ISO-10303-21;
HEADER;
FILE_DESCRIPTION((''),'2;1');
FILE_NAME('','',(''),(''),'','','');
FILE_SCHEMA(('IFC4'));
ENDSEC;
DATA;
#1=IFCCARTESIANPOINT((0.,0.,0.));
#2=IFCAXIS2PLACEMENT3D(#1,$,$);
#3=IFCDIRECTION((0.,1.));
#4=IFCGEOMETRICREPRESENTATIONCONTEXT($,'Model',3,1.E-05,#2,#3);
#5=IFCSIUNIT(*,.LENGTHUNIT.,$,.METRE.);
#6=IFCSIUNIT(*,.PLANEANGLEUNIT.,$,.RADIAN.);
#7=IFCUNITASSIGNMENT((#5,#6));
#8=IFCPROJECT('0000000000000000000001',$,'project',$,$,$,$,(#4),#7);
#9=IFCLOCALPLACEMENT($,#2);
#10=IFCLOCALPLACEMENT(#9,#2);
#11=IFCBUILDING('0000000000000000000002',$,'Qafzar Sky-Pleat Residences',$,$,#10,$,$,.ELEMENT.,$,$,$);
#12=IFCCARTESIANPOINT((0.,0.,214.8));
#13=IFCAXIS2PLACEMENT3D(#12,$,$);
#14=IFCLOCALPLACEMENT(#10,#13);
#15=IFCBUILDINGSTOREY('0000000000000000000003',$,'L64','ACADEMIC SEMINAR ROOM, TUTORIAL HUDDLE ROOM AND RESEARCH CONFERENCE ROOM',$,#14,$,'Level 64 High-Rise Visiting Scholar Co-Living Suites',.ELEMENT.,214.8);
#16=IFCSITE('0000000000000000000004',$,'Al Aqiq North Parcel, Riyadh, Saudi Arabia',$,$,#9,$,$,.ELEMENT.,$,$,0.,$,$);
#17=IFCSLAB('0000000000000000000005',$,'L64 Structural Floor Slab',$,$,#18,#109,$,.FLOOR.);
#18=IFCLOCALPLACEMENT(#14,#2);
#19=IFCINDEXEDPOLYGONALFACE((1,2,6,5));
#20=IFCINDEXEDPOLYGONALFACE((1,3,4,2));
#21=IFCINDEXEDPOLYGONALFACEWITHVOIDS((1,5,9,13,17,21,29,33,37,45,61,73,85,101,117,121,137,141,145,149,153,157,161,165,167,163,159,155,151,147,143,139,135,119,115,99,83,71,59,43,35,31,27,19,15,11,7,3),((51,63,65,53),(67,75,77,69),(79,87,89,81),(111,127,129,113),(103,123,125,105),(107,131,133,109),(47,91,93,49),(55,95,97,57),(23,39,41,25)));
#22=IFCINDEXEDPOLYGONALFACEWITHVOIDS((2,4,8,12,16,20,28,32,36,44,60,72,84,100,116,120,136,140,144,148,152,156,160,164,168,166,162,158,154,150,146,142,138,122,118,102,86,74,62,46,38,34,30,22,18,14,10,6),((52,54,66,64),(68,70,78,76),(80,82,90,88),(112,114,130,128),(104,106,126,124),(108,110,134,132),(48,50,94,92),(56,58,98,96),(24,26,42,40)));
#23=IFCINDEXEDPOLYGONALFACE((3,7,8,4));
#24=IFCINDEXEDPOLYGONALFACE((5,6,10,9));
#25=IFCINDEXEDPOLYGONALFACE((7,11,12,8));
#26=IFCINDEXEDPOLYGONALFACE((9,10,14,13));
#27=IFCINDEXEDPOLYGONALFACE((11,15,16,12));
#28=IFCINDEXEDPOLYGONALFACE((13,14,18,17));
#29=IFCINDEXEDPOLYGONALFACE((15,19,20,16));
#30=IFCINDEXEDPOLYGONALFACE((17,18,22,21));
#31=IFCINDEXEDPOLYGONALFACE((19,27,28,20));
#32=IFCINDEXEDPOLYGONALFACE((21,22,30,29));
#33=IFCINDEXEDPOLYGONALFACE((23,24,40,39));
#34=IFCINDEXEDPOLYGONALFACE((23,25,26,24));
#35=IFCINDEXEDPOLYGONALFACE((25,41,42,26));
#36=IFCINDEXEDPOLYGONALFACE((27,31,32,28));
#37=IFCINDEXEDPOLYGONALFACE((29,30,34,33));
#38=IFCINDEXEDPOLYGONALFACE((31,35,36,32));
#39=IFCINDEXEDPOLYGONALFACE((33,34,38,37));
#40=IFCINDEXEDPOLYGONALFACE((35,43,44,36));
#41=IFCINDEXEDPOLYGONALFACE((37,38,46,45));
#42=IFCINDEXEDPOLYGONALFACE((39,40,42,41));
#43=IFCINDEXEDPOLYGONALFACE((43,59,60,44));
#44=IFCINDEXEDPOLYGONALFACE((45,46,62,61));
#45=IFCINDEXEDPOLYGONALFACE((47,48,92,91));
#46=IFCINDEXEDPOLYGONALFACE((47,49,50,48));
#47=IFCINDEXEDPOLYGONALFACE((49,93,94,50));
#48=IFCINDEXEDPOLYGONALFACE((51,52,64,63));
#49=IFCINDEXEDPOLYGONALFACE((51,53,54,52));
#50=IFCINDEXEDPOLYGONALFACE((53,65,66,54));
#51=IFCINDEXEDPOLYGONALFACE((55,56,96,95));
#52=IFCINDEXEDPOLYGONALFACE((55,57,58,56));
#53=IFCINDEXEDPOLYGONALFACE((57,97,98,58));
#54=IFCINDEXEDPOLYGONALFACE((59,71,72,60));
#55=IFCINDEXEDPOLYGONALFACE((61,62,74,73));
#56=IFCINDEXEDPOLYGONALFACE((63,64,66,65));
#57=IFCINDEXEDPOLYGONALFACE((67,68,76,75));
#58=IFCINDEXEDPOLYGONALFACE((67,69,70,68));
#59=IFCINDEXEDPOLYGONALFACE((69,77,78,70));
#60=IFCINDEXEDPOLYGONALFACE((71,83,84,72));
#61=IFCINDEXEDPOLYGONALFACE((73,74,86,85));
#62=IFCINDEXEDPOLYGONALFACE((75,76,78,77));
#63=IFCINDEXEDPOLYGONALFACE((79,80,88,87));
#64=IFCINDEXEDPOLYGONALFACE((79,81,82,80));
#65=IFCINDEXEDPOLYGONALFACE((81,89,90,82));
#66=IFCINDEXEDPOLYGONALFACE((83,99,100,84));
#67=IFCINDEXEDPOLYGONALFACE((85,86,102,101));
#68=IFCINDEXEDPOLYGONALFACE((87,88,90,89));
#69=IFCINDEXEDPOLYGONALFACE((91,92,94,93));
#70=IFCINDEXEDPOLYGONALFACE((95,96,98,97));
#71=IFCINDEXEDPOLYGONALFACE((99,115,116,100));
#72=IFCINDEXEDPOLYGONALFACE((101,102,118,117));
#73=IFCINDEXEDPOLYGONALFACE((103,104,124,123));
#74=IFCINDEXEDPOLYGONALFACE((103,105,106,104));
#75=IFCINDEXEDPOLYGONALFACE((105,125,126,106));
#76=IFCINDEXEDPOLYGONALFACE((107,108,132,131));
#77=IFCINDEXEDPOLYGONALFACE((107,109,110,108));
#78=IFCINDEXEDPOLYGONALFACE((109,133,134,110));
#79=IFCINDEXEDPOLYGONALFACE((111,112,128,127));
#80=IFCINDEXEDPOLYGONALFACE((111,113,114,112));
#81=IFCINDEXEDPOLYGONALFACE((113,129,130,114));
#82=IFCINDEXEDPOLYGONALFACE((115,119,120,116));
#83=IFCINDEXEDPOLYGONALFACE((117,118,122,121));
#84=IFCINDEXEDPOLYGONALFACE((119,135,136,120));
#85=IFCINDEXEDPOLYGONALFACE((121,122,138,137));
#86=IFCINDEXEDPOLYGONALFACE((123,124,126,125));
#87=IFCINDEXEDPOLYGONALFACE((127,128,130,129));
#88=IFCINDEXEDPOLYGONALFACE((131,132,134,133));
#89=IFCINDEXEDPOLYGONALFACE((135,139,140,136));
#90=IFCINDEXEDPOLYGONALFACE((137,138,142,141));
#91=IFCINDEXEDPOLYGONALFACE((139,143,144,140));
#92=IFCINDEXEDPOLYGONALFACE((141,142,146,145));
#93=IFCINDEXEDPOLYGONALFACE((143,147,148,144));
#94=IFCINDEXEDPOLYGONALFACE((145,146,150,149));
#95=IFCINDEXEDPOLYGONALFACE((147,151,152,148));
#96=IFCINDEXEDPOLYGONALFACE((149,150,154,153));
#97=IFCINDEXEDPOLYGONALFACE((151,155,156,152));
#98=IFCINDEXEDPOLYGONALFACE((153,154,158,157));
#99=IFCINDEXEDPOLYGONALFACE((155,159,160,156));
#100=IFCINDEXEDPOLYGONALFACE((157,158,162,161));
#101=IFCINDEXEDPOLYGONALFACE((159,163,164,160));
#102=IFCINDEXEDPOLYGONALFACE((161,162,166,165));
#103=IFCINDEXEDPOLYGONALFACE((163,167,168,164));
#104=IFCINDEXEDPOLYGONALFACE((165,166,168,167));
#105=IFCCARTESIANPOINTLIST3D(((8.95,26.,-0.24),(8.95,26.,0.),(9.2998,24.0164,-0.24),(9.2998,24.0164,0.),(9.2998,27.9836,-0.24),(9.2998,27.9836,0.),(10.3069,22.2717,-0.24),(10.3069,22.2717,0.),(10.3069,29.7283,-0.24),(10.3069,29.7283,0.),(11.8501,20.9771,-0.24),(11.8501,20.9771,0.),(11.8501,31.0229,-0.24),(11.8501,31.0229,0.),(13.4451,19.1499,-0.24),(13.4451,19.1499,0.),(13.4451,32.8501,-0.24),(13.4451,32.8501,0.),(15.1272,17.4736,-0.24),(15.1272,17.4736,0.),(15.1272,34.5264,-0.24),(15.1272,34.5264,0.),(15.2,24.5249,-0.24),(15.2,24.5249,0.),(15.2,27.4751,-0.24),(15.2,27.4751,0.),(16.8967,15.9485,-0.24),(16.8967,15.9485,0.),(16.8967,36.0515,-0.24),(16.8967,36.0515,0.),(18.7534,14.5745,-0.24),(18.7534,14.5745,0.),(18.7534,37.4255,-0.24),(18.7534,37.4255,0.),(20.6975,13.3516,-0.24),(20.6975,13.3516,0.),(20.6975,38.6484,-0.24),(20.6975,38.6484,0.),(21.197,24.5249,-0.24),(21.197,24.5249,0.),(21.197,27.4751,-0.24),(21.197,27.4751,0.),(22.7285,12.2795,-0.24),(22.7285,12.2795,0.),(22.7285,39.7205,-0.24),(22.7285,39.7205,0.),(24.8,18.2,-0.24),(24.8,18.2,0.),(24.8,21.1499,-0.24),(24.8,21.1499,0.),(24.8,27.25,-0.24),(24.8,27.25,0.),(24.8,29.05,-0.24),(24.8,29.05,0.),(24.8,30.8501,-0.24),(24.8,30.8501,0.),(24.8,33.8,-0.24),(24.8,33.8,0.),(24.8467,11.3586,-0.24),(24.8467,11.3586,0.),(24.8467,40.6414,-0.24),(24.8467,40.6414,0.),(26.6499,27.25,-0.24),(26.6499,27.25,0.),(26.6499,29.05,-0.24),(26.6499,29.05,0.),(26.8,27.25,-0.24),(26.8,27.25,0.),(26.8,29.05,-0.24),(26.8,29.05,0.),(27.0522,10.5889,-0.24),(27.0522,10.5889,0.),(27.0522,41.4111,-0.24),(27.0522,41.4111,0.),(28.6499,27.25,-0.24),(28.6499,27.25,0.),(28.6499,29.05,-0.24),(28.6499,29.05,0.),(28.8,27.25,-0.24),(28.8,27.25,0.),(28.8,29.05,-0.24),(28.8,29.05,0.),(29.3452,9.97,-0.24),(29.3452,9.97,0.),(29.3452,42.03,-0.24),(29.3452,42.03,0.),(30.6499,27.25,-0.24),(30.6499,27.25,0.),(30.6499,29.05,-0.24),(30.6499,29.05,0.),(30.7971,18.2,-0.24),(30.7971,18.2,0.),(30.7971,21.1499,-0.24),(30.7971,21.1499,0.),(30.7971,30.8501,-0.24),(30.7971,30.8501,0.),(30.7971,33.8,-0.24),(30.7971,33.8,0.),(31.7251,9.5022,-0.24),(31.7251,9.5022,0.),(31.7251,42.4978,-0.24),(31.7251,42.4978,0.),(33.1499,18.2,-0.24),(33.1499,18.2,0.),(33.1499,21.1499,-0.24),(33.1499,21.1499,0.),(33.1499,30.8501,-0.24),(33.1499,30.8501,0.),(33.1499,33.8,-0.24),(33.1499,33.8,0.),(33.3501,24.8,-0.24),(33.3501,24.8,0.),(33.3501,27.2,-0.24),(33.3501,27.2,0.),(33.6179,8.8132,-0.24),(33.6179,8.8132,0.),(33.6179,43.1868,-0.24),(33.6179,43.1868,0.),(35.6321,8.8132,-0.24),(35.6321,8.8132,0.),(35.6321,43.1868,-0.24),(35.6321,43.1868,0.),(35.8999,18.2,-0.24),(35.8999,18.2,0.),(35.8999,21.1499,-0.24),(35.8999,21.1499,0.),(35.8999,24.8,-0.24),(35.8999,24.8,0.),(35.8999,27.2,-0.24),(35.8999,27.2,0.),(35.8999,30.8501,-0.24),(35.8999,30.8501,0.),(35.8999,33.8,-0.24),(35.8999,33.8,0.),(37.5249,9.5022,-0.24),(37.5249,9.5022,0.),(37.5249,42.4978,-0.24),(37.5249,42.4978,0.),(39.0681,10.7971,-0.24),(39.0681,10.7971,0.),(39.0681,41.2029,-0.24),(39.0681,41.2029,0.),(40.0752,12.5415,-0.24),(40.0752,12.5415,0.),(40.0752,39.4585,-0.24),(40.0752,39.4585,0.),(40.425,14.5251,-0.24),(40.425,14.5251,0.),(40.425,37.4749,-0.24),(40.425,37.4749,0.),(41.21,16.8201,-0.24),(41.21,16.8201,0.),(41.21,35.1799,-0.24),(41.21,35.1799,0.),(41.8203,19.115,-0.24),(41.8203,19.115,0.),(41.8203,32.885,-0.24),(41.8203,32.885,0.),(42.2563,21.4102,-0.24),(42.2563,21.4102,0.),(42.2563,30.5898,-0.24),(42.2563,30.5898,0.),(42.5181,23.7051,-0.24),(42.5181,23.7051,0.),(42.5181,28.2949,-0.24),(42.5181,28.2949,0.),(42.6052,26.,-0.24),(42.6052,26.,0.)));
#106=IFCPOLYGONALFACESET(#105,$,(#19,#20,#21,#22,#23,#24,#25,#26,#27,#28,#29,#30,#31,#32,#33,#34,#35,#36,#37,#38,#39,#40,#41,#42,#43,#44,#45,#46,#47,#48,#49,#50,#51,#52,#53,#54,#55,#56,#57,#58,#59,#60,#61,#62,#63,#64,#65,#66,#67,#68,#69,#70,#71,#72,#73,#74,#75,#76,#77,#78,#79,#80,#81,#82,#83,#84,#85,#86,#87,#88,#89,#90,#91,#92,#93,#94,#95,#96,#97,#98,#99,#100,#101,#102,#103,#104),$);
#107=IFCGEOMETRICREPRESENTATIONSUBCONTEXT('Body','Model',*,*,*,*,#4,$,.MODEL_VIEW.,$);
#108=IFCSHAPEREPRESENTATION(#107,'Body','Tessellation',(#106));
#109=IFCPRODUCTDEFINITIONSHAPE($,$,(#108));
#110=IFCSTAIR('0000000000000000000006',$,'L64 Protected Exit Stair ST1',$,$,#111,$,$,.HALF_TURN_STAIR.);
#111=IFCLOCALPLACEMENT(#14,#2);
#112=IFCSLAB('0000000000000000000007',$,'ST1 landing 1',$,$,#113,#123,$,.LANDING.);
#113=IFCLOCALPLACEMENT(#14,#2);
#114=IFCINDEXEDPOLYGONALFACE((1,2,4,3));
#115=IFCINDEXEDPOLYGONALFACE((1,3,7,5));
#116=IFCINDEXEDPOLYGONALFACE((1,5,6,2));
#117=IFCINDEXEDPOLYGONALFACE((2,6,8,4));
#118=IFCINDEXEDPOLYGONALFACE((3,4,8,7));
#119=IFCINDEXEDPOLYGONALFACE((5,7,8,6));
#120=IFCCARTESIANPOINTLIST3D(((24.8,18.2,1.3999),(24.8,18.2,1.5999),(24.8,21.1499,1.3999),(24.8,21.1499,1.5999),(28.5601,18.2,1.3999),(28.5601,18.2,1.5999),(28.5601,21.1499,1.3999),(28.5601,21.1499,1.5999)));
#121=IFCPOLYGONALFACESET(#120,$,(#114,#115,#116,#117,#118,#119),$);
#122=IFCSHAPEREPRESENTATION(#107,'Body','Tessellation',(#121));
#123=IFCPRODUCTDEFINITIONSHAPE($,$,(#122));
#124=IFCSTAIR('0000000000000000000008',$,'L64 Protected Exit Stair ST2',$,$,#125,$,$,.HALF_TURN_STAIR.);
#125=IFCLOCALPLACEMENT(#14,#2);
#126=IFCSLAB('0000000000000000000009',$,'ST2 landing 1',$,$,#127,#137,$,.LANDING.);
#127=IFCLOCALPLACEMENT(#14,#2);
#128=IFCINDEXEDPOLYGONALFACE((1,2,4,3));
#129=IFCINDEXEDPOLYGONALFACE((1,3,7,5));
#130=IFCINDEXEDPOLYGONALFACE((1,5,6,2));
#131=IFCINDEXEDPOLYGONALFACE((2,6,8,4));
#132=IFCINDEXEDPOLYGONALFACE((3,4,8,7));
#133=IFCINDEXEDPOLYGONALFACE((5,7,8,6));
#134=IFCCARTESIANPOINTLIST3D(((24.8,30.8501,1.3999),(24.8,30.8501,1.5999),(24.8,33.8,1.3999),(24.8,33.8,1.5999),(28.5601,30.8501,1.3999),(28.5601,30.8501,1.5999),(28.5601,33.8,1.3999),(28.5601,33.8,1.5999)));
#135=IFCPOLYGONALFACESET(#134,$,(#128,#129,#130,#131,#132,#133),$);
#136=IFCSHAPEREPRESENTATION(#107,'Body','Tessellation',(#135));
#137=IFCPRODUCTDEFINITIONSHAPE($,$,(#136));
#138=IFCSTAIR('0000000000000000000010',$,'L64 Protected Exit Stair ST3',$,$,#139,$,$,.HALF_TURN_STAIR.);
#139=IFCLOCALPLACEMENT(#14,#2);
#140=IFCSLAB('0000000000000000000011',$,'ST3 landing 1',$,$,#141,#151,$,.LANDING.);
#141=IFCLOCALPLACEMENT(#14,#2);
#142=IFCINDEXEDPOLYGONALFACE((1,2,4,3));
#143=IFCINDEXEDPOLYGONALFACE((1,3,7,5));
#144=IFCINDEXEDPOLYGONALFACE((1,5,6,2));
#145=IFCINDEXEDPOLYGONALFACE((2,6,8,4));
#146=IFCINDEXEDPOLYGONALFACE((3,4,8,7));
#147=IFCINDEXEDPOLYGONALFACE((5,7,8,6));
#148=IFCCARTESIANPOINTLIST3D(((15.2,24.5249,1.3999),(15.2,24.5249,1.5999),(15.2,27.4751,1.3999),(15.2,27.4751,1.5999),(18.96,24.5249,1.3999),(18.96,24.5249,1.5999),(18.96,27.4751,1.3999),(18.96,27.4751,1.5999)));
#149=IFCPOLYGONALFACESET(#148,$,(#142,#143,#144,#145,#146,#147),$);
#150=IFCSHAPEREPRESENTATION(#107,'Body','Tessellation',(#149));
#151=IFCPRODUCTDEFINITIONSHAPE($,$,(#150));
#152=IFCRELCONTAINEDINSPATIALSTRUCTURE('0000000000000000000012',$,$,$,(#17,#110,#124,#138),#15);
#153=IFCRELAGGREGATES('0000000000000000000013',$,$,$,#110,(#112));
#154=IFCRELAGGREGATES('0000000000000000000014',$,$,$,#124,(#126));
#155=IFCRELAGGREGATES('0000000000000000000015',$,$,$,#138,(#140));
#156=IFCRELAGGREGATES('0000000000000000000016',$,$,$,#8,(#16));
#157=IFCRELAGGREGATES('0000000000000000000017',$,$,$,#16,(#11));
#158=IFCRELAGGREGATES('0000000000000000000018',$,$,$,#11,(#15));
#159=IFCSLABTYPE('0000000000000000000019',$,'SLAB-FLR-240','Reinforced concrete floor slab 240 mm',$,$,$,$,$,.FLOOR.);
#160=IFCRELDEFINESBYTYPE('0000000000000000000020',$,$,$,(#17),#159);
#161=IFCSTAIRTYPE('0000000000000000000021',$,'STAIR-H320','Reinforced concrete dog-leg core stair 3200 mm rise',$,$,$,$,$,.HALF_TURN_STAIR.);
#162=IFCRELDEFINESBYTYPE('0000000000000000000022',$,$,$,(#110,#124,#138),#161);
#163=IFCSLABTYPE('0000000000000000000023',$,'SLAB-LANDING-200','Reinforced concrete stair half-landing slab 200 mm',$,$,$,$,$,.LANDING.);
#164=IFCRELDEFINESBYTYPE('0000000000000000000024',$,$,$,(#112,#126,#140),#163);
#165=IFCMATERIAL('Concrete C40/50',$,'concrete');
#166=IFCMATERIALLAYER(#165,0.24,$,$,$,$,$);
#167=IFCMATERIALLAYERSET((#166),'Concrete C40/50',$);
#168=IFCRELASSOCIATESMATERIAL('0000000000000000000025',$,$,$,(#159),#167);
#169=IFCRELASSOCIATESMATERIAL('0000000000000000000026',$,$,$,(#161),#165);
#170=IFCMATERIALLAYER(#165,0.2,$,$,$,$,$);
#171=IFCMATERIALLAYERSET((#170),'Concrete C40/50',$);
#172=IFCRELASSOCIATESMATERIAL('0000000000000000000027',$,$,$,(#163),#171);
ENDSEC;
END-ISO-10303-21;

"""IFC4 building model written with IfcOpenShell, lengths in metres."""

from ifc_helpers import new_model, si_unit, direction, frame, origin, place, context, subcontext, project, spatial, polyline, outline, extrude, material, layer, layer_set, type_object, element, aggregate, save


model = new_model("IFC4")

# Units and contexts
model_context = context("Model", 3, precision=1e-05, world=origin(), true_north=direction((0.0, 1.0)))
body_context = subcontext(model_context, "Body", "Model", "MODEL_VIEW")
ifc_project = project(units=[si_unit("LENGTHUNIT", "METRE"), si_unit("PLANEANGLEUNIT", "RADIAN")], contexts=[model_context])

# Site, building, storey
site_placement = place(None, origin())
site = spatial("IfcSite", under=ifc_project, at=site_placement, Name="Al Aqiq North Parcel, Riyadh, Saudi Arabia", CompositionType="ELEMENT", RefElevation=0.0)
building_placement = place(site_placement, origin())
building = spatial("IfcBuilding", under=site, at=building_placement, Name="Qafzar Sky-Pleat Residences", CompositionType="ELEMENT")
storey_placement = place(building_placement, frame((0.0, 0.0, 214.8)))
storey = spatial("IfcBuildingStorey", under=building, at=storey_placement, Name="L64", Description="ACADEMIC SEMINAR ROOM, TUTORIAL HUDDLE ROOM AND RESEARCH CONFERENCE ROOM", LongName="Level 64 High-Rise Visiting Scholar Co-Living Suites", CompositionType="ELEMENT", Elevation=214.8)

# Slab
ifc_material_1 = material(Name="Concrete C40/50", Category="concrete")
ifc_layer_1 = layer(ifc_material_1, 0.24)
ifc_layer_set_1 = layer_set([ifc_layer_1], Name="Concrete C40/50")
slab_type_1 = type_object("IfcSlabType", Name="SLAB-FLR-240", Description="Reinforced concrete floor slab 240 mm", PredefinedType="FLOOR", material=ifc_layer_set_1)
slab_1_placement = place(storey_placement, frame((0.0, 0.0, -0.24)))
element("IfcSlab", 1, at=slab_1_placement, inside=storey, type_object=slab_type_1, Name="L64 Structural Floor Slab", PredefinedType="FLOOR", context=body_context, shape_type="SweptSolid", body=[
    extrude(outline(polyline([(11.8501, 31.0229), (10.3069, 29.7283), (9.2998, 27.9836), (8.95, 26.0), (9.2998, 24.0164), (10.3069, 22.2717), (11.8501, 20.9771), (13.4451, 19.1499), (15.1272, 17.4736), (16.8967, 15.9485), (18.7534, 14.5745), (20.6975, 13.3516), (22.7285, 12.2795), (24.8467, 11.3586), (27.0522, 10.5889), (29.3452, 9.97), (31.7251, 9.5022), (33.6179, 8.8132), (35.6321, 8.8132), (37.5249, 9.5022), (39.0681, 10.7971), (40.0752, 12.5415), (40.425, 14.5251), (41.21, 16.8201), (41.8203, 19.115), (42.2563, 21.4102), (42.5181, 23.7051), (42.6052, 26.0), (42.5181, 28.2949), (42.2563, 30.5898), (41.8203, 32.885), (41.21, 35.1799), (40.425, 37.4749), (40.0752, 39.4585), (39.0681, 41.2029), (37.5249, 42.4978), (35.6321, 43.1868), (33.6179, 43.1868), (31.7251, 42.4978), (29.3452, 42.03), (27.0522, 41.4111), (24.8467, 40.6414), (22.7285, 39.7205), (20.6975, 38.6484), (18.7534, 37.4255), (16.8967, 36.0515), (15.1272, 34.5264), (13.4451, 32.8501), (11.8501, 31.0229)]), holes=[polyline([(30.7971, 21.1499), (24.8, 21.1499), (24.8, 18.2), (30.7971, 18.2), (30.7971, 21.1499)]), polyline([(30.7971, 33.8), (24.8, 33.8), (24.8, 30.8501), (30.7971, 30.8501), (30.7971, 33.8)]), polyline([(21.197, 27.4751), (15.2, 27.4751), (15.2, 24.5249), (21.197, 24.5249), (21.197, 27.4751)]), polyline([(24.8, 27.25), (26.6499, 27.25), (26.6499, 29.05), (24.8, 29.05), (24.8, 27.25)]), polyline([(26.8, 27.25), (28.6499, 27.25), (28.6499, 29.05), (26.8, 29.05), (26.8, 27.25)]), polyline([(28.8, 27.25), (30.6499, 27.25), (30.6499, 29.05), (28.8, 29.05), (28.8, 27.25)]), polyline([(33.1499, 18.2), (35.8999, 18.2), (35.8999, 21.1499), (33.1499, 21.1499), (33.1499, 18.2)]), polyline([(33.1499, 30.8501), (35.8999, 30.8501), (35.8999, 33.8), (33.1499, 33.8), (33.1499, 30.8501)]), polyline([(33.3501, 24.8), (35.8999, 24.8), (35.8999, 27.2), (33.3501, 27.2), (33.3501, 24.8)])]), origin(), (0.0, 0.0, 1.0), 0.24),
])

# Stairs, slabs
stair_type = type_object("IfcStairType", Name="STAIR-H320", Description="Reinforced concrete dog-leg core stair 3200 mm rise", PredefinedType="HALF_TURN_STAIR", material=ifc_material_1)
stair_1_placement = place(storey_placement, origin())
stair_1 = element("IfcStair", 2, at=stair_1_placement, inside=storey, type_object=stair_type, Name="L64 Protected Exit Stair ST1", PredefinedType="HALF_TURN_STAIR")
ifc_layer_2 = layer(ifc_material_1, 0.2)
ifc_layer_set_2 = layer_set([ifc_layer_2], Name="Concrete C40/50")
slab_type_2 = type_object("IfcSlabType", Name="SLAB-LANDING-200", Description="Reinforced concrete stair half-landing slab 200 mm", PredefinedType="LANDING", material=ifc_layer_set_2)
slab_2_placement = place(storey_placement, frame((0.0, 0.0, 1.3999)))
slab_2 = element("IfcSlab", 3, at=slab_2_placement, type_object=slab_type_2, Name="ST1 landing 1", PredefinedType="LANDING", context=body_context, shape_type="SweptSolid", body=[
    extrude(outline(polyline([(28.5601, 21.1499), (24.8, 21.1499), (24.8, 18.2), (28.5601, 18.2), (28.5601, 21.1499)])), origin(), (0.0, 0.0, 1.0), 0.2),
])
aggregate(stair_1, [slab_2])
stair_2_placement = place(storey_placement, origin())
stair_2 = element("IfcStair", 4, at=stair_2_placement, inside=storey, type_object=stair_type, Name="L64 Protected Exit Stair ST2", PredefinedType="HALF_TURN_STAIR")
slab_3_placement = place(storey_placement, frame((0.0, 0.0, 1.3999)))
slab_3 = element("IfcSlab", 5, at=slab_3_placement, type_object=slab_type_2, Name="ST2 landing 1", PredefinedType="LANDING", context=body_context, shape_type="SweptSolid", body=[
    extrude(outline(polyline([(28.5601, 33.8), (24.8, 33.8), (24.8, 30.8501), (28.5601, 30.8501), (28.5601, 33.8)])), origin(), (0.0, 0.0, 1.0), 0.2),
])
aggregate(stair_2, [slab_3])
stair_3_placement = place(storey_placement, origin())
stair_3 = element("IfcStair", 6, at=stair_3_placement, inside=storey, type_object=stair_type, Name="L64 Protected Exit Stair ST3", PredefinedType="HALF_TURN_STAIR")
slab_4_placement = place(storey_placement, frame((0.0, 0.0, 1.3999)))
slab_4 = element("IfcSlab", 7, at=slab_4_placement, type_object=slab_type_2, Name="ST3 landing 1", PredefinedType="LANDING", context=body_context, shape_type="SweptSolid", body=[
    extrude(outline(polyline([(18.96, 27.4751), (15.2, 27.4751), (15.2, 24.5249), (18.96, 24.5249), (18.96, 27.4751)])), origin(), (0.0, 0.0, 1.0), 0.2),
])
aggregate(stair_3, [slab_4])

save(model, "model.ifc")
